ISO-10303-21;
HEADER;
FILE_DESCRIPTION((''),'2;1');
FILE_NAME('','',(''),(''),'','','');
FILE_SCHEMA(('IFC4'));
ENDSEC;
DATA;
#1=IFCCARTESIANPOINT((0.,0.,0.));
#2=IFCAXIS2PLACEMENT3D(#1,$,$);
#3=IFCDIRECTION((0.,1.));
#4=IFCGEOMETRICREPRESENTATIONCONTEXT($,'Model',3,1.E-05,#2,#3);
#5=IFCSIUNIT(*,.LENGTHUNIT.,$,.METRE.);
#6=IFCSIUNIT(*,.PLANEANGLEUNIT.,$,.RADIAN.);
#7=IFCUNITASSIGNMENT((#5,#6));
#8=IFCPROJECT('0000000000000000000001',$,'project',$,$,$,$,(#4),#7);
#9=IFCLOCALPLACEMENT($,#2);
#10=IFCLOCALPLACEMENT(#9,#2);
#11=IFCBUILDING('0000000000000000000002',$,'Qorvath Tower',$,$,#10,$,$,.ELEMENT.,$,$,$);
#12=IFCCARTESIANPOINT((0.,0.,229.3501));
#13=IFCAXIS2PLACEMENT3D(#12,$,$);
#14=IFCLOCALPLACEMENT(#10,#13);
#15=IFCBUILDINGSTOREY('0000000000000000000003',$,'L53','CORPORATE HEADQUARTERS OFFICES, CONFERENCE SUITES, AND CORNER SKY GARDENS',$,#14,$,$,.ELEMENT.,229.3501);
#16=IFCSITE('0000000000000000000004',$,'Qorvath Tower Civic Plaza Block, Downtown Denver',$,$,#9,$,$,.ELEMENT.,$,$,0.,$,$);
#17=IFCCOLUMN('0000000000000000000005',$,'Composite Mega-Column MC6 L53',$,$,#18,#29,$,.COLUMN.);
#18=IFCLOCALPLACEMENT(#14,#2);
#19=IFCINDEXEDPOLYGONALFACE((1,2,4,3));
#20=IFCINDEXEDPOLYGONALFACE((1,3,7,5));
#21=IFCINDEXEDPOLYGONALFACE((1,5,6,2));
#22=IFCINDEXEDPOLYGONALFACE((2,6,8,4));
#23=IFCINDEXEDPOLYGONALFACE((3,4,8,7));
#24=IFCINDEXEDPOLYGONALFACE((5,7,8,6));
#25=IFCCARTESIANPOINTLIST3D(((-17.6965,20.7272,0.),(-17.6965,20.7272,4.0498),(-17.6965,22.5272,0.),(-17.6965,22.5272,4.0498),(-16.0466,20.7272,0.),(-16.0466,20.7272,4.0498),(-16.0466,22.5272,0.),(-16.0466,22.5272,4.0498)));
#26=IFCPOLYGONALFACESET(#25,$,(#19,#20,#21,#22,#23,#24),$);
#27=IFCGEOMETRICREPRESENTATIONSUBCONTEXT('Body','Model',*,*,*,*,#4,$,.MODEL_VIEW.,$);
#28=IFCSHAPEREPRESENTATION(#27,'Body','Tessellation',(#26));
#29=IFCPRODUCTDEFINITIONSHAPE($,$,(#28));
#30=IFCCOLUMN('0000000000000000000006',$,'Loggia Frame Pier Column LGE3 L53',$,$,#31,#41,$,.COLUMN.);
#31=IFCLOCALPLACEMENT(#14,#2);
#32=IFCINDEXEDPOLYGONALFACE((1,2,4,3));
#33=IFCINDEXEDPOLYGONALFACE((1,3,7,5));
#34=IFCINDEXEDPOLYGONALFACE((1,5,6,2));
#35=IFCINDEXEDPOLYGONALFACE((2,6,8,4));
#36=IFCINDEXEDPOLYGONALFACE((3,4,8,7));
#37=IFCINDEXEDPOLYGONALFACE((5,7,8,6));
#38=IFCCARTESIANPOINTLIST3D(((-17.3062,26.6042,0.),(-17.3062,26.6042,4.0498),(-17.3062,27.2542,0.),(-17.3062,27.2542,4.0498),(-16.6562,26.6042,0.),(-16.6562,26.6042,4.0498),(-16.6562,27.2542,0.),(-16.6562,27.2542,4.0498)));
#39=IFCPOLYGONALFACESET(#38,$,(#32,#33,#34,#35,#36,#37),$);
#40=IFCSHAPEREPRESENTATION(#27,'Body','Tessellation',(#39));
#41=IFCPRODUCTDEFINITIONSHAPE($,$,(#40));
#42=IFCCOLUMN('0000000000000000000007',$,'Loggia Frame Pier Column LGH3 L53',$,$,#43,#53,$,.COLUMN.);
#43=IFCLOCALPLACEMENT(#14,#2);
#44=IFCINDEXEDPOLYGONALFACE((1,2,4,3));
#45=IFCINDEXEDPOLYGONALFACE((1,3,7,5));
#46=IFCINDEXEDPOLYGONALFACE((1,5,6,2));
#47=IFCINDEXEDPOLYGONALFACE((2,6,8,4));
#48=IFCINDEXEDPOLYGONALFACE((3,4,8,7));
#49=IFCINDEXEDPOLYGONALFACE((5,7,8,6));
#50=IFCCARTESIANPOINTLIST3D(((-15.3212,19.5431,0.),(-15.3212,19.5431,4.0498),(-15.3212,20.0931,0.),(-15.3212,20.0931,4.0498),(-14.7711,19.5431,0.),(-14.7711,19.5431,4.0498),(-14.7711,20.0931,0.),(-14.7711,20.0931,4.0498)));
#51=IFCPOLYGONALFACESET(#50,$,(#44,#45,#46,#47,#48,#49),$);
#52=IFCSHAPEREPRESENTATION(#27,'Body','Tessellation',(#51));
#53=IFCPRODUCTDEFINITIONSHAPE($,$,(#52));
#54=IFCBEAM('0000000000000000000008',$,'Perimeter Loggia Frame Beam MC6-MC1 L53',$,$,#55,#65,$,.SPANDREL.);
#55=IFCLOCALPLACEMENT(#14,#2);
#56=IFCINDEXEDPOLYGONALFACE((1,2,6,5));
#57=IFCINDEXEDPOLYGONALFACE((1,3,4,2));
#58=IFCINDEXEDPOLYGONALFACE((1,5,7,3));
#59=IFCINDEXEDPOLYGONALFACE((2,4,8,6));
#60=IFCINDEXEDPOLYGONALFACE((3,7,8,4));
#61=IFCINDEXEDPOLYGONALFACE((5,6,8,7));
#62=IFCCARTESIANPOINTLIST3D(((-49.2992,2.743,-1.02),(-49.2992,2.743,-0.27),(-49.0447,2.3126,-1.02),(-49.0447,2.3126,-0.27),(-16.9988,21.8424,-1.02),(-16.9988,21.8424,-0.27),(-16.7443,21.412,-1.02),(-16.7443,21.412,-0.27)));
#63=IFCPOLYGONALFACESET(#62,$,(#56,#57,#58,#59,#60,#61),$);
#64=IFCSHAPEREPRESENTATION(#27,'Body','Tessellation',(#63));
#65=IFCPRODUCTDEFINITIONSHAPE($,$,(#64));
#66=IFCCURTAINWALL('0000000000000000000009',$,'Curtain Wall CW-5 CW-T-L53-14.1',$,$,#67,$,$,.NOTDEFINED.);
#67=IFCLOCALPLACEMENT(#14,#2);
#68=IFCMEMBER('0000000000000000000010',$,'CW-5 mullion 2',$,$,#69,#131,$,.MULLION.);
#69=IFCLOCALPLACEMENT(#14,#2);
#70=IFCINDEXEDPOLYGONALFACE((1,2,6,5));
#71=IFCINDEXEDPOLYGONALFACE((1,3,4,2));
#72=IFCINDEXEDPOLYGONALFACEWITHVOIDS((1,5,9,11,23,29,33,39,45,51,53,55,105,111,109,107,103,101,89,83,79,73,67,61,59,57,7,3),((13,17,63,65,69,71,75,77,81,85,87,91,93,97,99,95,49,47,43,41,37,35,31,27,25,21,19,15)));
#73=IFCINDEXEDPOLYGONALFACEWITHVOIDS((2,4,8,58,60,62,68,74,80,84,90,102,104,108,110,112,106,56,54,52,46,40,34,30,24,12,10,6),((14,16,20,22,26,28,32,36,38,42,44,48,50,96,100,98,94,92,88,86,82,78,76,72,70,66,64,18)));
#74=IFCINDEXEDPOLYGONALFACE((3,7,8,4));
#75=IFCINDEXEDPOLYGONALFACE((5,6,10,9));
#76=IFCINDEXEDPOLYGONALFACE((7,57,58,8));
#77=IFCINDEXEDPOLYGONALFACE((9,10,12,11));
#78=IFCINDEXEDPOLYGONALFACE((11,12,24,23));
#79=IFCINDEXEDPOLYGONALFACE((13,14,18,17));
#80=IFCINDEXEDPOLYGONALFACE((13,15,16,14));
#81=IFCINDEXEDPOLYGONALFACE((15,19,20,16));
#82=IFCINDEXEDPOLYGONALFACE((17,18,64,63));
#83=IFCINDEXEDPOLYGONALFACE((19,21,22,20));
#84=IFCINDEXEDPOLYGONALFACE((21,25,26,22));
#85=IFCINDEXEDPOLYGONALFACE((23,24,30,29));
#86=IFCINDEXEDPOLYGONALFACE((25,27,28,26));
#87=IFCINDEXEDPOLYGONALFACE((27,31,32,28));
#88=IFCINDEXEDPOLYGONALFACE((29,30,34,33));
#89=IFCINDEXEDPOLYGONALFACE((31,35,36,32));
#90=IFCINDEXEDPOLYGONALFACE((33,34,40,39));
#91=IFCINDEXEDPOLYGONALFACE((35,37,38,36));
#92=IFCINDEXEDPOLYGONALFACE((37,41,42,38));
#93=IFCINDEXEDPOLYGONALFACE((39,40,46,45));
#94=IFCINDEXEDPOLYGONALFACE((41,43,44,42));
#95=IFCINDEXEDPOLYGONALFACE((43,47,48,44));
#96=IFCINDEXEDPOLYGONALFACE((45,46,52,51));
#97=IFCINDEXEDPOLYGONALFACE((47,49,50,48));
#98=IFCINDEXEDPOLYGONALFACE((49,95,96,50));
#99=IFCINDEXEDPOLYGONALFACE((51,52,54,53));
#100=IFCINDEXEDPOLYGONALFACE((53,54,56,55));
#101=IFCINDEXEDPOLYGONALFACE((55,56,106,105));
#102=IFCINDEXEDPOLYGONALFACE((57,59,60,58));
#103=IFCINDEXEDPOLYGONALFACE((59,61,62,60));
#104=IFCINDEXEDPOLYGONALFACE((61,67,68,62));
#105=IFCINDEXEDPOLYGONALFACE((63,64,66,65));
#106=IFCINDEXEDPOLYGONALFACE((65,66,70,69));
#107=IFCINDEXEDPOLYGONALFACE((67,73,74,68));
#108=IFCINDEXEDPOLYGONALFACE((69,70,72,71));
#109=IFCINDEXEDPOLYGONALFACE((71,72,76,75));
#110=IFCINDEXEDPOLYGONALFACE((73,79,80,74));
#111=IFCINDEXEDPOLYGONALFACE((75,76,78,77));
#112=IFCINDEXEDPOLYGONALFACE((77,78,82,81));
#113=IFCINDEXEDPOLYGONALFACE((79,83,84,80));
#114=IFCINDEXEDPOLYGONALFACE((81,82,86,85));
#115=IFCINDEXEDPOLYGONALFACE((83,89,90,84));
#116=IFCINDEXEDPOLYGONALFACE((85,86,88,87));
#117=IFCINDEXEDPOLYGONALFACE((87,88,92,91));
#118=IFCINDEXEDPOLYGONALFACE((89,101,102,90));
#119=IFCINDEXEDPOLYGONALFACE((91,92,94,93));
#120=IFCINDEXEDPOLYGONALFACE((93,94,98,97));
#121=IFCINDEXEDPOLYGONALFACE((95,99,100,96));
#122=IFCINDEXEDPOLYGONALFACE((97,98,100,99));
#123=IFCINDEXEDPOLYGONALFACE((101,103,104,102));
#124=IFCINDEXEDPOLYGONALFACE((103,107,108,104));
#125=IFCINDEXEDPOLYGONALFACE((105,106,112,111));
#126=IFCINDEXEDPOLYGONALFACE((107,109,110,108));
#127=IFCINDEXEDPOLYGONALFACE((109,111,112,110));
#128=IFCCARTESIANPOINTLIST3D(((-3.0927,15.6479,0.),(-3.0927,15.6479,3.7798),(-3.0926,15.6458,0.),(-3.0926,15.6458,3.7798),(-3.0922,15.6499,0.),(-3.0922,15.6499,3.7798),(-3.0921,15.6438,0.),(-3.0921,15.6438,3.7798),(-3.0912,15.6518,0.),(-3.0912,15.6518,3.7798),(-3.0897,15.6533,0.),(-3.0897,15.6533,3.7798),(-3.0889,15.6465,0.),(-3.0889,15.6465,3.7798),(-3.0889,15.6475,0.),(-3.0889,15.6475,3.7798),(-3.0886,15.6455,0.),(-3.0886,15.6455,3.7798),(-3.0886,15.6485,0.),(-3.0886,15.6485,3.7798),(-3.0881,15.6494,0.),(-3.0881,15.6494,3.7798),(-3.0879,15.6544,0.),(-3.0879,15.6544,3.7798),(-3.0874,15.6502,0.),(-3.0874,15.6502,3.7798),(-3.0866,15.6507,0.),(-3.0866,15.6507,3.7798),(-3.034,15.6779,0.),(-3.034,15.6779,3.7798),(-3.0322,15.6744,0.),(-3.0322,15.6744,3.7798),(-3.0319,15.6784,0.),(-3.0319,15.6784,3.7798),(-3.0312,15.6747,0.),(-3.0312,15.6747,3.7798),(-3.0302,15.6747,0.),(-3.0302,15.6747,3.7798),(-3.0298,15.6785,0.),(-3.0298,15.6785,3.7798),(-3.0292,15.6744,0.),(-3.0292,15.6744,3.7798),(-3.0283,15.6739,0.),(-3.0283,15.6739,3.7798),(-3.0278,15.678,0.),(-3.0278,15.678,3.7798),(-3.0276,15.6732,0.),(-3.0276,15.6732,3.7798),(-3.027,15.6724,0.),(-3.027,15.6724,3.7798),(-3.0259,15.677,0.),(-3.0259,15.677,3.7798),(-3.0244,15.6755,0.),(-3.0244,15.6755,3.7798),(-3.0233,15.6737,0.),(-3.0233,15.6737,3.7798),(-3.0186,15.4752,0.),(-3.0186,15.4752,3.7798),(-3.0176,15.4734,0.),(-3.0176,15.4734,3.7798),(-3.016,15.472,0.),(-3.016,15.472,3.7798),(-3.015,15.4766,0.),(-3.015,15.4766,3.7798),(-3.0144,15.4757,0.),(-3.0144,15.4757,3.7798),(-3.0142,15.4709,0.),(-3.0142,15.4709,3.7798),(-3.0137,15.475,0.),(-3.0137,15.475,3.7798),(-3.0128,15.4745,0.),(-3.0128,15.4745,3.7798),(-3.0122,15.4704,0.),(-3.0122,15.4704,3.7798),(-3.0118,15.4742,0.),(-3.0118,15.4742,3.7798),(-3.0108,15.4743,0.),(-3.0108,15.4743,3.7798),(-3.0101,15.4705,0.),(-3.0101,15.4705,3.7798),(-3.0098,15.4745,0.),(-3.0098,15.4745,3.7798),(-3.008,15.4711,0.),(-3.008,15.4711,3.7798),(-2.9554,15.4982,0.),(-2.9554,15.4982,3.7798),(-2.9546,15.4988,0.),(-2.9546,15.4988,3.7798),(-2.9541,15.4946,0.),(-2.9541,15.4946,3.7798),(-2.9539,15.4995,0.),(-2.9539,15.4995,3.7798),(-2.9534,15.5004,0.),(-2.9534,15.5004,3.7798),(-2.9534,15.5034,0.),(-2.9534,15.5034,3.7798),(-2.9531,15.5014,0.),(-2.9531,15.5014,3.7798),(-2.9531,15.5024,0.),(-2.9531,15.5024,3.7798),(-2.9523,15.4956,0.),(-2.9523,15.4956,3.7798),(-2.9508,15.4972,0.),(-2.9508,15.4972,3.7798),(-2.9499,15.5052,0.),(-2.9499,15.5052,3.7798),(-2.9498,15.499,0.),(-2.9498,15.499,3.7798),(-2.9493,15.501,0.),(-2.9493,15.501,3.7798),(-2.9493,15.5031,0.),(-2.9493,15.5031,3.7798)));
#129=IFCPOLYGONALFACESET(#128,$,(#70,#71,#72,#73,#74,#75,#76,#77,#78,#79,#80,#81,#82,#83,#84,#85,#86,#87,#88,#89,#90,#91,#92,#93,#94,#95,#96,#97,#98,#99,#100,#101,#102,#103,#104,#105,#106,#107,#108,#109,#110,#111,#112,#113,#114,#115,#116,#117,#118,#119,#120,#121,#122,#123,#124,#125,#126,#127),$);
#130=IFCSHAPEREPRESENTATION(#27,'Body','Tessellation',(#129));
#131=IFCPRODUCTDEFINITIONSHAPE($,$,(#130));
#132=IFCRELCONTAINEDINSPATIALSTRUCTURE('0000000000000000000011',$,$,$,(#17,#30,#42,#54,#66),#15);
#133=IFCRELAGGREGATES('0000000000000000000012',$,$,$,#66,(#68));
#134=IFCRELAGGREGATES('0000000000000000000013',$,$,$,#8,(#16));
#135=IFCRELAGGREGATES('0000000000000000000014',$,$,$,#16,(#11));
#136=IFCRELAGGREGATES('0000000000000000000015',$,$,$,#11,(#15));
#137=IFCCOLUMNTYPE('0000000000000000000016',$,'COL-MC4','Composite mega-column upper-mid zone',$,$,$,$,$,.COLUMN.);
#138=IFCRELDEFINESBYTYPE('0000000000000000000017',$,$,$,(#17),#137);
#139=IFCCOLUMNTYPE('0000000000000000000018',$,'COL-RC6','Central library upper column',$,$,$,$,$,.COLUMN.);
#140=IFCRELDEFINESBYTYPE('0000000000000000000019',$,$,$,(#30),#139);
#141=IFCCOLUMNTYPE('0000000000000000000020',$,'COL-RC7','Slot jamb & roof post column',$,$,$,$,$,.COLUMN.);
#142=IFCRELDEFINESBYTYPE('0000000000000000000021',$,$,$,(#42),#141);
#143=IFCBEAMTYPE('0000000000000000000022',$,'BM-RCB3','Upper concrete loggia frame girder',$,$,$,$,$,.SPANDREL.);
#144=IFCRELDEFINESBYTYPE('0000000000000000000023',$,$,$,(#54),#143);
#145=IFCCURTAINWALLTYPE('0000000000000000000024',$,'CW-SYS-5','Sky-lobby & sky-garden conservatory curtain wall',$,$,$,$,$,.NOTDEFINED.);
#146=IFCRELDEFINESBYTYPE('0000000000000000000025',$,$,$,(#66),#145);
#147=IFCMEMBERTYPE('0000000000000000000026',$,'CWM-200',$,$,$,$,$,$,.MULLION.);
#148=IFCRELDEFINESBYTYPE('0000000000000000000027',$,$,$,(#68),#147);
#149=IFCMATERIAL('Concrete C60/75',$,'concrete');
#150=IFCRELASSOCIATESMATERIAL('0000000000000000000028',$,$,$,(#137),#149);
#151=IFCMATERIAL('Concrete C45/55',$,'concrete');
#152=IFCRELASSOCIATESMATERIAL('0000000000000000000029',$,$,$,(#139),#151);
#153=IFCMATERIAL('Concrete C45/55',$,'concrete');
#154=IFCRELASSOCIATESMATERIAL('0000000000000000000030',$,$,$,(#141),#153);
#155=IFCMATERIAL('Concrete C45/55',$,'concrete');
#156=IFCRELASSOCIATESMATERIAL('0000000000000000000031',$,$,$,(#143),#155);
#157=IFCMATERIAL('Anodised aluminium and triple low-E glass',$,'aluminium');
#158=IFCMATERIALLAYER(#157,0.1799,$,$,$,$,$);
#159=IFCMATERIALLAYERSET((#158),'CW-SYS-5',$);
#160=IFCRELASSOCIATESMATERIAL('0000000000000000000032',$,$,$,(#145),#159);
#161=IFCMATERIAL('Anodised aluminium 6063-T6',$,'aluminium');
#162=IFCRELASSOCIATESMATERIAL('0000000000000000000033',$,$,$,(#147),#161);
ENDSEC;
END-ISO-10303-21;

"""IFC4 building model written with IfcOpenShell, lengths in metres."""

from ifc_helpers import new_model, si_unit, direction, frame, origin, origin_2d, place, context, subcontext, project, spatial, rectangle, hollow_rectangle, extrude, material, layer, layer_set, material_profile, profile_set, type_object, element, aggregate, save


model = new_model("IFC4")

# Units and contexts
model_context = context("Model", 3, precision=1e-05, world=origin(), true_north=direction((0.0, 1.0)))
body_context = subcontext(model_context, "Body", "Model", "MODEL_VIEW")
ifc_project = project(units=[si_unit("LENGTHUNIT", "METRE"), si_unit("PLANEANGLEUNIT", "RADIAN")], contexts=[model_context])

# Site, building, storey
site_placement = place(None, origin())
site = spatial("IfcSite", under=ifc_project, at=site_placement, Name="Qorvath Tower Civic Plaza Block, Downtown Denver", CompositionType="ELEMENT", RefElevation=0.0)
building_placement = place(site_placement, origin())
building = spatial("IfcBuilding", under=site, at=building_placement, Name="Qorvath Tower", CompositionType="ELEMENT")
storey_placement = place(building_placement, frame((0.0, 0.0, 229.3501)))
storey = spatial("IfcBuildingStorey", under=building, at=storey_placement, Name="L53", Description="CORPORATE HEADQUARTERS OFFICES, CONFERENCE SUITES, AND CORNER SKY GARDENS", CompositionType="ELEMENT", Elevation=229.3501)

# Columns
ifc_material_1 = material(Name="Concrete C60/75", Category="concrete")
ifc_material_profile_1 = material_profile(ifc_material_1, rectangle(XDim=1.6499, YDim=1.8, at=origin_2d()), Name="MC 1800x1650")
ifc_profile_set_1 = profile_set([ifc_material_profile_1], Name="Concrete C60/75")
column_type_1 = type_object("IfcColumnType", Name="COL-MC4", Description="Composite mega-column upper-mid zone", PredefinedType="COLUMN", material=ifc_profile_set_1)
column_1_placement = place(storey_placement, frame((-16.8716, 21.6272, 0.0), z_axis=(0.0, 0.0, 1.0), x_axis=(1.0, 0.0, 0.0)))
element("IfcColumn", 1, at=column_1_placement, inside=storey, type_object=column_type_1, Name="Composite Mega-Column MC6 L53", PredefinedType="COLUMN", context=body_context, shape_type="SweptSolid", body=[
    extrude(rectangle(XDim=1.6499, YDim=1.8, at=origin_2d()), origin(), (0.0, 0.0, 1.0), 4.0498),
])
ifc_material_2 = material(Name="Concrete C45/55", Category="concrete")
ifc_material_profile_2 = material_profile(ifc_material_2, rectangle(XDim=0.6499, YDim=0.6499, at=origin_2d()), Name="RC 650x650")
ifc_profile_set_2 = profile_set([ifc_material_profile_2], Name="Concrete C45/55")
column_type_2 = type_object("IfcColumnType", Name="COL-RC6", Description="Central library upper column", PredefinedType="COLUMN", material=ifc_profile_set_2)
column_2_placement = place(storey_placement, frame((-16.9812, 26.9292, 0.0), z_axis=(0.0, 0.0, 1.0), x_axis=(1.0, 0.0, 0.0)))
element("IfcColumn", 2, at=column_2_placement, inside=storey, type_object=column_type_2, Name="Loggia Frame Pier Column LGE3 L53", PredefinedType="COLUMN", context=body_context, shape_type="SweptSolid", body=[
    extrude(rectangle(XDim=0.6499, YDim=0.6499, at=origin_2d()), origin(), (0.0, 0.0, 1.0), 4.0498),
])
ifc_material_3 = material(Name="Concrete C45/55", Category="concrete")
ifc_material_profile_3 = material_profile(ifc_material_3, rectangle(XDim=0.55, YDim=0.55, at=origin_2d()), Name="RC 550x550")
ifc_profile_set_3 = profile_set([ifc_material_profile_3], Name="Concrete C45/55")
column_type_3 = type_object("IfcColumnType", Name="COL-RC7", Description="Slot jamb & roof post column", PredefinedType="COLUMN", material=ifc_profile_set_3)
column_3_placement = place(storey_placement, frame((-15.0461, 19.8181, 0.0), z_axis=(0.0, 0.0, 1.0), x_axis=(1.0, 0.0, 0.0)))
element("IfcColumn", 3, at=column_3_placement, inside=storey, type_object=column_type_3, Name="Loggia Frame Pier Column LGH3 L53", PredefinedType="COLUMN", context=body_context, shape_type="SweptSolid", body=[
    extrude(rectangle(XDim=0.55, YDim=0.55, at=origin_2d()), origin(), (0.0, 0.0, 1.0), 4.0498),
])

# Beam
ifc_material_4 = material(Name="Concrete C45/55", Category="concrete")
ifc_material_profile_4 = material_profile(ifc_material_4, rectangle(XDim=0.5, YDim=0.75, at=origin_2d()), Name="RCB 750x500")
ifc_profile_set_4 = profile_set([ifc_material_profile_4], Name="Concrete C45/55")
beam_type = type_object("IfcBeamType", Name="BM-RCB3", Description="Upper concrete loggia frame girder", PredefinedType="SPANDREL", material=ifc_profile_set_4)
beam_placement = place(storey_placement, frame((-16.8716, 21.6272, -0.645), z_axis=(-0.860777, -0.508983, 0.0), x_axis=(0.508983, -0.860777, 0.0)))
element("IfcBeam", 4, at=beam_placement, inside=storey, type_object=beam_type, Name="Perimeter Loggia Frame Beam MC6-MC1 L53", PredefinedType="SPANDREL", context=body_context, shape_type="SweptSolid", body=[
    extrude(rectangle(XDim=0.5, YDim=0.75, at=origin_2d()), origin(), (0.0, 0.0, 1.0), 37.5247),
])

# Curtain wall, member
ifc_material_5 = material(Name="Anodised aluminium and triple low-E glass", Category="aluminium")
ifc_layer_1 = layer(ifc_material_5, 0.1799)
ifc_layer_set_1 = layer_set([ifc_layer_1], Name="CW-SYS-5")
curtain_wall_type = type_object("IfcCurtainWallType", Name="CW-SYS-5", Description="Sky-lobby & sky-garden conservatory curtain wall", PredefinedType="NOTDEFINED", material=ifc_layer_set_1)
curtain_wall_1_placement = place(storey_placement, origin())
curtain_wall_1 = element("IfcCurtainWall", 5, at=curtain_wall_1_placement, inside=storey, type_object=curtain_wall_type, Name="Curtain Wall CW-5 CW-T-L53-14.1", PredefinedType="NOTDEFINED")
ifc_material_6 = material(Name="Anodised aluminium 6063-T6", Category="aluminium")
ifc_material_profile_5 = material_profile(ifc_material_6, hollow_rectangle(XDim=0.075, YDim=0.2, WallThickness=0.0039, InnerFilletRadius=0.0039, OuterFilletRadius=0.0081, at=origin_2d()), Name="CWM 200x75")
ifc_profile_set_5 = profile_set([ifc_material_profile_5], Name="Anodised aluminium 6063-T6")
member_type_1 = type_object("IfcMemberType", Name="CWM-200", PredefinedType="MULLION", material=ifc_profile_set_5)
member_1_placement = place(storey_placement, frame((-3.021, 15.5745, 0.0), z_axis=(0.0, 0.0, 1.0), x_axis=(-0.916785, -0.399382, 0.0)))
member_1 = element("IfcMember", 6, at=member_1_placement, type_object=member_type_1, Name="CW-5 mullion 2", PredefinedType="MULLION", context=body_context, shape_type="SweptSolid", body=[
    extrude(hollow_rectangle(XDim=0.075, YDim=0.2, WallThickness=0.0039, InnerFilletRadius=0.0039, OuterFilletRadius=0.0081, at=origin_2d()), origin(), (0.0, 0.0, 1.0), 3.7798),
])

aggregate(curtain_wall_1, [member_1])

save(model, "model.ifc")
